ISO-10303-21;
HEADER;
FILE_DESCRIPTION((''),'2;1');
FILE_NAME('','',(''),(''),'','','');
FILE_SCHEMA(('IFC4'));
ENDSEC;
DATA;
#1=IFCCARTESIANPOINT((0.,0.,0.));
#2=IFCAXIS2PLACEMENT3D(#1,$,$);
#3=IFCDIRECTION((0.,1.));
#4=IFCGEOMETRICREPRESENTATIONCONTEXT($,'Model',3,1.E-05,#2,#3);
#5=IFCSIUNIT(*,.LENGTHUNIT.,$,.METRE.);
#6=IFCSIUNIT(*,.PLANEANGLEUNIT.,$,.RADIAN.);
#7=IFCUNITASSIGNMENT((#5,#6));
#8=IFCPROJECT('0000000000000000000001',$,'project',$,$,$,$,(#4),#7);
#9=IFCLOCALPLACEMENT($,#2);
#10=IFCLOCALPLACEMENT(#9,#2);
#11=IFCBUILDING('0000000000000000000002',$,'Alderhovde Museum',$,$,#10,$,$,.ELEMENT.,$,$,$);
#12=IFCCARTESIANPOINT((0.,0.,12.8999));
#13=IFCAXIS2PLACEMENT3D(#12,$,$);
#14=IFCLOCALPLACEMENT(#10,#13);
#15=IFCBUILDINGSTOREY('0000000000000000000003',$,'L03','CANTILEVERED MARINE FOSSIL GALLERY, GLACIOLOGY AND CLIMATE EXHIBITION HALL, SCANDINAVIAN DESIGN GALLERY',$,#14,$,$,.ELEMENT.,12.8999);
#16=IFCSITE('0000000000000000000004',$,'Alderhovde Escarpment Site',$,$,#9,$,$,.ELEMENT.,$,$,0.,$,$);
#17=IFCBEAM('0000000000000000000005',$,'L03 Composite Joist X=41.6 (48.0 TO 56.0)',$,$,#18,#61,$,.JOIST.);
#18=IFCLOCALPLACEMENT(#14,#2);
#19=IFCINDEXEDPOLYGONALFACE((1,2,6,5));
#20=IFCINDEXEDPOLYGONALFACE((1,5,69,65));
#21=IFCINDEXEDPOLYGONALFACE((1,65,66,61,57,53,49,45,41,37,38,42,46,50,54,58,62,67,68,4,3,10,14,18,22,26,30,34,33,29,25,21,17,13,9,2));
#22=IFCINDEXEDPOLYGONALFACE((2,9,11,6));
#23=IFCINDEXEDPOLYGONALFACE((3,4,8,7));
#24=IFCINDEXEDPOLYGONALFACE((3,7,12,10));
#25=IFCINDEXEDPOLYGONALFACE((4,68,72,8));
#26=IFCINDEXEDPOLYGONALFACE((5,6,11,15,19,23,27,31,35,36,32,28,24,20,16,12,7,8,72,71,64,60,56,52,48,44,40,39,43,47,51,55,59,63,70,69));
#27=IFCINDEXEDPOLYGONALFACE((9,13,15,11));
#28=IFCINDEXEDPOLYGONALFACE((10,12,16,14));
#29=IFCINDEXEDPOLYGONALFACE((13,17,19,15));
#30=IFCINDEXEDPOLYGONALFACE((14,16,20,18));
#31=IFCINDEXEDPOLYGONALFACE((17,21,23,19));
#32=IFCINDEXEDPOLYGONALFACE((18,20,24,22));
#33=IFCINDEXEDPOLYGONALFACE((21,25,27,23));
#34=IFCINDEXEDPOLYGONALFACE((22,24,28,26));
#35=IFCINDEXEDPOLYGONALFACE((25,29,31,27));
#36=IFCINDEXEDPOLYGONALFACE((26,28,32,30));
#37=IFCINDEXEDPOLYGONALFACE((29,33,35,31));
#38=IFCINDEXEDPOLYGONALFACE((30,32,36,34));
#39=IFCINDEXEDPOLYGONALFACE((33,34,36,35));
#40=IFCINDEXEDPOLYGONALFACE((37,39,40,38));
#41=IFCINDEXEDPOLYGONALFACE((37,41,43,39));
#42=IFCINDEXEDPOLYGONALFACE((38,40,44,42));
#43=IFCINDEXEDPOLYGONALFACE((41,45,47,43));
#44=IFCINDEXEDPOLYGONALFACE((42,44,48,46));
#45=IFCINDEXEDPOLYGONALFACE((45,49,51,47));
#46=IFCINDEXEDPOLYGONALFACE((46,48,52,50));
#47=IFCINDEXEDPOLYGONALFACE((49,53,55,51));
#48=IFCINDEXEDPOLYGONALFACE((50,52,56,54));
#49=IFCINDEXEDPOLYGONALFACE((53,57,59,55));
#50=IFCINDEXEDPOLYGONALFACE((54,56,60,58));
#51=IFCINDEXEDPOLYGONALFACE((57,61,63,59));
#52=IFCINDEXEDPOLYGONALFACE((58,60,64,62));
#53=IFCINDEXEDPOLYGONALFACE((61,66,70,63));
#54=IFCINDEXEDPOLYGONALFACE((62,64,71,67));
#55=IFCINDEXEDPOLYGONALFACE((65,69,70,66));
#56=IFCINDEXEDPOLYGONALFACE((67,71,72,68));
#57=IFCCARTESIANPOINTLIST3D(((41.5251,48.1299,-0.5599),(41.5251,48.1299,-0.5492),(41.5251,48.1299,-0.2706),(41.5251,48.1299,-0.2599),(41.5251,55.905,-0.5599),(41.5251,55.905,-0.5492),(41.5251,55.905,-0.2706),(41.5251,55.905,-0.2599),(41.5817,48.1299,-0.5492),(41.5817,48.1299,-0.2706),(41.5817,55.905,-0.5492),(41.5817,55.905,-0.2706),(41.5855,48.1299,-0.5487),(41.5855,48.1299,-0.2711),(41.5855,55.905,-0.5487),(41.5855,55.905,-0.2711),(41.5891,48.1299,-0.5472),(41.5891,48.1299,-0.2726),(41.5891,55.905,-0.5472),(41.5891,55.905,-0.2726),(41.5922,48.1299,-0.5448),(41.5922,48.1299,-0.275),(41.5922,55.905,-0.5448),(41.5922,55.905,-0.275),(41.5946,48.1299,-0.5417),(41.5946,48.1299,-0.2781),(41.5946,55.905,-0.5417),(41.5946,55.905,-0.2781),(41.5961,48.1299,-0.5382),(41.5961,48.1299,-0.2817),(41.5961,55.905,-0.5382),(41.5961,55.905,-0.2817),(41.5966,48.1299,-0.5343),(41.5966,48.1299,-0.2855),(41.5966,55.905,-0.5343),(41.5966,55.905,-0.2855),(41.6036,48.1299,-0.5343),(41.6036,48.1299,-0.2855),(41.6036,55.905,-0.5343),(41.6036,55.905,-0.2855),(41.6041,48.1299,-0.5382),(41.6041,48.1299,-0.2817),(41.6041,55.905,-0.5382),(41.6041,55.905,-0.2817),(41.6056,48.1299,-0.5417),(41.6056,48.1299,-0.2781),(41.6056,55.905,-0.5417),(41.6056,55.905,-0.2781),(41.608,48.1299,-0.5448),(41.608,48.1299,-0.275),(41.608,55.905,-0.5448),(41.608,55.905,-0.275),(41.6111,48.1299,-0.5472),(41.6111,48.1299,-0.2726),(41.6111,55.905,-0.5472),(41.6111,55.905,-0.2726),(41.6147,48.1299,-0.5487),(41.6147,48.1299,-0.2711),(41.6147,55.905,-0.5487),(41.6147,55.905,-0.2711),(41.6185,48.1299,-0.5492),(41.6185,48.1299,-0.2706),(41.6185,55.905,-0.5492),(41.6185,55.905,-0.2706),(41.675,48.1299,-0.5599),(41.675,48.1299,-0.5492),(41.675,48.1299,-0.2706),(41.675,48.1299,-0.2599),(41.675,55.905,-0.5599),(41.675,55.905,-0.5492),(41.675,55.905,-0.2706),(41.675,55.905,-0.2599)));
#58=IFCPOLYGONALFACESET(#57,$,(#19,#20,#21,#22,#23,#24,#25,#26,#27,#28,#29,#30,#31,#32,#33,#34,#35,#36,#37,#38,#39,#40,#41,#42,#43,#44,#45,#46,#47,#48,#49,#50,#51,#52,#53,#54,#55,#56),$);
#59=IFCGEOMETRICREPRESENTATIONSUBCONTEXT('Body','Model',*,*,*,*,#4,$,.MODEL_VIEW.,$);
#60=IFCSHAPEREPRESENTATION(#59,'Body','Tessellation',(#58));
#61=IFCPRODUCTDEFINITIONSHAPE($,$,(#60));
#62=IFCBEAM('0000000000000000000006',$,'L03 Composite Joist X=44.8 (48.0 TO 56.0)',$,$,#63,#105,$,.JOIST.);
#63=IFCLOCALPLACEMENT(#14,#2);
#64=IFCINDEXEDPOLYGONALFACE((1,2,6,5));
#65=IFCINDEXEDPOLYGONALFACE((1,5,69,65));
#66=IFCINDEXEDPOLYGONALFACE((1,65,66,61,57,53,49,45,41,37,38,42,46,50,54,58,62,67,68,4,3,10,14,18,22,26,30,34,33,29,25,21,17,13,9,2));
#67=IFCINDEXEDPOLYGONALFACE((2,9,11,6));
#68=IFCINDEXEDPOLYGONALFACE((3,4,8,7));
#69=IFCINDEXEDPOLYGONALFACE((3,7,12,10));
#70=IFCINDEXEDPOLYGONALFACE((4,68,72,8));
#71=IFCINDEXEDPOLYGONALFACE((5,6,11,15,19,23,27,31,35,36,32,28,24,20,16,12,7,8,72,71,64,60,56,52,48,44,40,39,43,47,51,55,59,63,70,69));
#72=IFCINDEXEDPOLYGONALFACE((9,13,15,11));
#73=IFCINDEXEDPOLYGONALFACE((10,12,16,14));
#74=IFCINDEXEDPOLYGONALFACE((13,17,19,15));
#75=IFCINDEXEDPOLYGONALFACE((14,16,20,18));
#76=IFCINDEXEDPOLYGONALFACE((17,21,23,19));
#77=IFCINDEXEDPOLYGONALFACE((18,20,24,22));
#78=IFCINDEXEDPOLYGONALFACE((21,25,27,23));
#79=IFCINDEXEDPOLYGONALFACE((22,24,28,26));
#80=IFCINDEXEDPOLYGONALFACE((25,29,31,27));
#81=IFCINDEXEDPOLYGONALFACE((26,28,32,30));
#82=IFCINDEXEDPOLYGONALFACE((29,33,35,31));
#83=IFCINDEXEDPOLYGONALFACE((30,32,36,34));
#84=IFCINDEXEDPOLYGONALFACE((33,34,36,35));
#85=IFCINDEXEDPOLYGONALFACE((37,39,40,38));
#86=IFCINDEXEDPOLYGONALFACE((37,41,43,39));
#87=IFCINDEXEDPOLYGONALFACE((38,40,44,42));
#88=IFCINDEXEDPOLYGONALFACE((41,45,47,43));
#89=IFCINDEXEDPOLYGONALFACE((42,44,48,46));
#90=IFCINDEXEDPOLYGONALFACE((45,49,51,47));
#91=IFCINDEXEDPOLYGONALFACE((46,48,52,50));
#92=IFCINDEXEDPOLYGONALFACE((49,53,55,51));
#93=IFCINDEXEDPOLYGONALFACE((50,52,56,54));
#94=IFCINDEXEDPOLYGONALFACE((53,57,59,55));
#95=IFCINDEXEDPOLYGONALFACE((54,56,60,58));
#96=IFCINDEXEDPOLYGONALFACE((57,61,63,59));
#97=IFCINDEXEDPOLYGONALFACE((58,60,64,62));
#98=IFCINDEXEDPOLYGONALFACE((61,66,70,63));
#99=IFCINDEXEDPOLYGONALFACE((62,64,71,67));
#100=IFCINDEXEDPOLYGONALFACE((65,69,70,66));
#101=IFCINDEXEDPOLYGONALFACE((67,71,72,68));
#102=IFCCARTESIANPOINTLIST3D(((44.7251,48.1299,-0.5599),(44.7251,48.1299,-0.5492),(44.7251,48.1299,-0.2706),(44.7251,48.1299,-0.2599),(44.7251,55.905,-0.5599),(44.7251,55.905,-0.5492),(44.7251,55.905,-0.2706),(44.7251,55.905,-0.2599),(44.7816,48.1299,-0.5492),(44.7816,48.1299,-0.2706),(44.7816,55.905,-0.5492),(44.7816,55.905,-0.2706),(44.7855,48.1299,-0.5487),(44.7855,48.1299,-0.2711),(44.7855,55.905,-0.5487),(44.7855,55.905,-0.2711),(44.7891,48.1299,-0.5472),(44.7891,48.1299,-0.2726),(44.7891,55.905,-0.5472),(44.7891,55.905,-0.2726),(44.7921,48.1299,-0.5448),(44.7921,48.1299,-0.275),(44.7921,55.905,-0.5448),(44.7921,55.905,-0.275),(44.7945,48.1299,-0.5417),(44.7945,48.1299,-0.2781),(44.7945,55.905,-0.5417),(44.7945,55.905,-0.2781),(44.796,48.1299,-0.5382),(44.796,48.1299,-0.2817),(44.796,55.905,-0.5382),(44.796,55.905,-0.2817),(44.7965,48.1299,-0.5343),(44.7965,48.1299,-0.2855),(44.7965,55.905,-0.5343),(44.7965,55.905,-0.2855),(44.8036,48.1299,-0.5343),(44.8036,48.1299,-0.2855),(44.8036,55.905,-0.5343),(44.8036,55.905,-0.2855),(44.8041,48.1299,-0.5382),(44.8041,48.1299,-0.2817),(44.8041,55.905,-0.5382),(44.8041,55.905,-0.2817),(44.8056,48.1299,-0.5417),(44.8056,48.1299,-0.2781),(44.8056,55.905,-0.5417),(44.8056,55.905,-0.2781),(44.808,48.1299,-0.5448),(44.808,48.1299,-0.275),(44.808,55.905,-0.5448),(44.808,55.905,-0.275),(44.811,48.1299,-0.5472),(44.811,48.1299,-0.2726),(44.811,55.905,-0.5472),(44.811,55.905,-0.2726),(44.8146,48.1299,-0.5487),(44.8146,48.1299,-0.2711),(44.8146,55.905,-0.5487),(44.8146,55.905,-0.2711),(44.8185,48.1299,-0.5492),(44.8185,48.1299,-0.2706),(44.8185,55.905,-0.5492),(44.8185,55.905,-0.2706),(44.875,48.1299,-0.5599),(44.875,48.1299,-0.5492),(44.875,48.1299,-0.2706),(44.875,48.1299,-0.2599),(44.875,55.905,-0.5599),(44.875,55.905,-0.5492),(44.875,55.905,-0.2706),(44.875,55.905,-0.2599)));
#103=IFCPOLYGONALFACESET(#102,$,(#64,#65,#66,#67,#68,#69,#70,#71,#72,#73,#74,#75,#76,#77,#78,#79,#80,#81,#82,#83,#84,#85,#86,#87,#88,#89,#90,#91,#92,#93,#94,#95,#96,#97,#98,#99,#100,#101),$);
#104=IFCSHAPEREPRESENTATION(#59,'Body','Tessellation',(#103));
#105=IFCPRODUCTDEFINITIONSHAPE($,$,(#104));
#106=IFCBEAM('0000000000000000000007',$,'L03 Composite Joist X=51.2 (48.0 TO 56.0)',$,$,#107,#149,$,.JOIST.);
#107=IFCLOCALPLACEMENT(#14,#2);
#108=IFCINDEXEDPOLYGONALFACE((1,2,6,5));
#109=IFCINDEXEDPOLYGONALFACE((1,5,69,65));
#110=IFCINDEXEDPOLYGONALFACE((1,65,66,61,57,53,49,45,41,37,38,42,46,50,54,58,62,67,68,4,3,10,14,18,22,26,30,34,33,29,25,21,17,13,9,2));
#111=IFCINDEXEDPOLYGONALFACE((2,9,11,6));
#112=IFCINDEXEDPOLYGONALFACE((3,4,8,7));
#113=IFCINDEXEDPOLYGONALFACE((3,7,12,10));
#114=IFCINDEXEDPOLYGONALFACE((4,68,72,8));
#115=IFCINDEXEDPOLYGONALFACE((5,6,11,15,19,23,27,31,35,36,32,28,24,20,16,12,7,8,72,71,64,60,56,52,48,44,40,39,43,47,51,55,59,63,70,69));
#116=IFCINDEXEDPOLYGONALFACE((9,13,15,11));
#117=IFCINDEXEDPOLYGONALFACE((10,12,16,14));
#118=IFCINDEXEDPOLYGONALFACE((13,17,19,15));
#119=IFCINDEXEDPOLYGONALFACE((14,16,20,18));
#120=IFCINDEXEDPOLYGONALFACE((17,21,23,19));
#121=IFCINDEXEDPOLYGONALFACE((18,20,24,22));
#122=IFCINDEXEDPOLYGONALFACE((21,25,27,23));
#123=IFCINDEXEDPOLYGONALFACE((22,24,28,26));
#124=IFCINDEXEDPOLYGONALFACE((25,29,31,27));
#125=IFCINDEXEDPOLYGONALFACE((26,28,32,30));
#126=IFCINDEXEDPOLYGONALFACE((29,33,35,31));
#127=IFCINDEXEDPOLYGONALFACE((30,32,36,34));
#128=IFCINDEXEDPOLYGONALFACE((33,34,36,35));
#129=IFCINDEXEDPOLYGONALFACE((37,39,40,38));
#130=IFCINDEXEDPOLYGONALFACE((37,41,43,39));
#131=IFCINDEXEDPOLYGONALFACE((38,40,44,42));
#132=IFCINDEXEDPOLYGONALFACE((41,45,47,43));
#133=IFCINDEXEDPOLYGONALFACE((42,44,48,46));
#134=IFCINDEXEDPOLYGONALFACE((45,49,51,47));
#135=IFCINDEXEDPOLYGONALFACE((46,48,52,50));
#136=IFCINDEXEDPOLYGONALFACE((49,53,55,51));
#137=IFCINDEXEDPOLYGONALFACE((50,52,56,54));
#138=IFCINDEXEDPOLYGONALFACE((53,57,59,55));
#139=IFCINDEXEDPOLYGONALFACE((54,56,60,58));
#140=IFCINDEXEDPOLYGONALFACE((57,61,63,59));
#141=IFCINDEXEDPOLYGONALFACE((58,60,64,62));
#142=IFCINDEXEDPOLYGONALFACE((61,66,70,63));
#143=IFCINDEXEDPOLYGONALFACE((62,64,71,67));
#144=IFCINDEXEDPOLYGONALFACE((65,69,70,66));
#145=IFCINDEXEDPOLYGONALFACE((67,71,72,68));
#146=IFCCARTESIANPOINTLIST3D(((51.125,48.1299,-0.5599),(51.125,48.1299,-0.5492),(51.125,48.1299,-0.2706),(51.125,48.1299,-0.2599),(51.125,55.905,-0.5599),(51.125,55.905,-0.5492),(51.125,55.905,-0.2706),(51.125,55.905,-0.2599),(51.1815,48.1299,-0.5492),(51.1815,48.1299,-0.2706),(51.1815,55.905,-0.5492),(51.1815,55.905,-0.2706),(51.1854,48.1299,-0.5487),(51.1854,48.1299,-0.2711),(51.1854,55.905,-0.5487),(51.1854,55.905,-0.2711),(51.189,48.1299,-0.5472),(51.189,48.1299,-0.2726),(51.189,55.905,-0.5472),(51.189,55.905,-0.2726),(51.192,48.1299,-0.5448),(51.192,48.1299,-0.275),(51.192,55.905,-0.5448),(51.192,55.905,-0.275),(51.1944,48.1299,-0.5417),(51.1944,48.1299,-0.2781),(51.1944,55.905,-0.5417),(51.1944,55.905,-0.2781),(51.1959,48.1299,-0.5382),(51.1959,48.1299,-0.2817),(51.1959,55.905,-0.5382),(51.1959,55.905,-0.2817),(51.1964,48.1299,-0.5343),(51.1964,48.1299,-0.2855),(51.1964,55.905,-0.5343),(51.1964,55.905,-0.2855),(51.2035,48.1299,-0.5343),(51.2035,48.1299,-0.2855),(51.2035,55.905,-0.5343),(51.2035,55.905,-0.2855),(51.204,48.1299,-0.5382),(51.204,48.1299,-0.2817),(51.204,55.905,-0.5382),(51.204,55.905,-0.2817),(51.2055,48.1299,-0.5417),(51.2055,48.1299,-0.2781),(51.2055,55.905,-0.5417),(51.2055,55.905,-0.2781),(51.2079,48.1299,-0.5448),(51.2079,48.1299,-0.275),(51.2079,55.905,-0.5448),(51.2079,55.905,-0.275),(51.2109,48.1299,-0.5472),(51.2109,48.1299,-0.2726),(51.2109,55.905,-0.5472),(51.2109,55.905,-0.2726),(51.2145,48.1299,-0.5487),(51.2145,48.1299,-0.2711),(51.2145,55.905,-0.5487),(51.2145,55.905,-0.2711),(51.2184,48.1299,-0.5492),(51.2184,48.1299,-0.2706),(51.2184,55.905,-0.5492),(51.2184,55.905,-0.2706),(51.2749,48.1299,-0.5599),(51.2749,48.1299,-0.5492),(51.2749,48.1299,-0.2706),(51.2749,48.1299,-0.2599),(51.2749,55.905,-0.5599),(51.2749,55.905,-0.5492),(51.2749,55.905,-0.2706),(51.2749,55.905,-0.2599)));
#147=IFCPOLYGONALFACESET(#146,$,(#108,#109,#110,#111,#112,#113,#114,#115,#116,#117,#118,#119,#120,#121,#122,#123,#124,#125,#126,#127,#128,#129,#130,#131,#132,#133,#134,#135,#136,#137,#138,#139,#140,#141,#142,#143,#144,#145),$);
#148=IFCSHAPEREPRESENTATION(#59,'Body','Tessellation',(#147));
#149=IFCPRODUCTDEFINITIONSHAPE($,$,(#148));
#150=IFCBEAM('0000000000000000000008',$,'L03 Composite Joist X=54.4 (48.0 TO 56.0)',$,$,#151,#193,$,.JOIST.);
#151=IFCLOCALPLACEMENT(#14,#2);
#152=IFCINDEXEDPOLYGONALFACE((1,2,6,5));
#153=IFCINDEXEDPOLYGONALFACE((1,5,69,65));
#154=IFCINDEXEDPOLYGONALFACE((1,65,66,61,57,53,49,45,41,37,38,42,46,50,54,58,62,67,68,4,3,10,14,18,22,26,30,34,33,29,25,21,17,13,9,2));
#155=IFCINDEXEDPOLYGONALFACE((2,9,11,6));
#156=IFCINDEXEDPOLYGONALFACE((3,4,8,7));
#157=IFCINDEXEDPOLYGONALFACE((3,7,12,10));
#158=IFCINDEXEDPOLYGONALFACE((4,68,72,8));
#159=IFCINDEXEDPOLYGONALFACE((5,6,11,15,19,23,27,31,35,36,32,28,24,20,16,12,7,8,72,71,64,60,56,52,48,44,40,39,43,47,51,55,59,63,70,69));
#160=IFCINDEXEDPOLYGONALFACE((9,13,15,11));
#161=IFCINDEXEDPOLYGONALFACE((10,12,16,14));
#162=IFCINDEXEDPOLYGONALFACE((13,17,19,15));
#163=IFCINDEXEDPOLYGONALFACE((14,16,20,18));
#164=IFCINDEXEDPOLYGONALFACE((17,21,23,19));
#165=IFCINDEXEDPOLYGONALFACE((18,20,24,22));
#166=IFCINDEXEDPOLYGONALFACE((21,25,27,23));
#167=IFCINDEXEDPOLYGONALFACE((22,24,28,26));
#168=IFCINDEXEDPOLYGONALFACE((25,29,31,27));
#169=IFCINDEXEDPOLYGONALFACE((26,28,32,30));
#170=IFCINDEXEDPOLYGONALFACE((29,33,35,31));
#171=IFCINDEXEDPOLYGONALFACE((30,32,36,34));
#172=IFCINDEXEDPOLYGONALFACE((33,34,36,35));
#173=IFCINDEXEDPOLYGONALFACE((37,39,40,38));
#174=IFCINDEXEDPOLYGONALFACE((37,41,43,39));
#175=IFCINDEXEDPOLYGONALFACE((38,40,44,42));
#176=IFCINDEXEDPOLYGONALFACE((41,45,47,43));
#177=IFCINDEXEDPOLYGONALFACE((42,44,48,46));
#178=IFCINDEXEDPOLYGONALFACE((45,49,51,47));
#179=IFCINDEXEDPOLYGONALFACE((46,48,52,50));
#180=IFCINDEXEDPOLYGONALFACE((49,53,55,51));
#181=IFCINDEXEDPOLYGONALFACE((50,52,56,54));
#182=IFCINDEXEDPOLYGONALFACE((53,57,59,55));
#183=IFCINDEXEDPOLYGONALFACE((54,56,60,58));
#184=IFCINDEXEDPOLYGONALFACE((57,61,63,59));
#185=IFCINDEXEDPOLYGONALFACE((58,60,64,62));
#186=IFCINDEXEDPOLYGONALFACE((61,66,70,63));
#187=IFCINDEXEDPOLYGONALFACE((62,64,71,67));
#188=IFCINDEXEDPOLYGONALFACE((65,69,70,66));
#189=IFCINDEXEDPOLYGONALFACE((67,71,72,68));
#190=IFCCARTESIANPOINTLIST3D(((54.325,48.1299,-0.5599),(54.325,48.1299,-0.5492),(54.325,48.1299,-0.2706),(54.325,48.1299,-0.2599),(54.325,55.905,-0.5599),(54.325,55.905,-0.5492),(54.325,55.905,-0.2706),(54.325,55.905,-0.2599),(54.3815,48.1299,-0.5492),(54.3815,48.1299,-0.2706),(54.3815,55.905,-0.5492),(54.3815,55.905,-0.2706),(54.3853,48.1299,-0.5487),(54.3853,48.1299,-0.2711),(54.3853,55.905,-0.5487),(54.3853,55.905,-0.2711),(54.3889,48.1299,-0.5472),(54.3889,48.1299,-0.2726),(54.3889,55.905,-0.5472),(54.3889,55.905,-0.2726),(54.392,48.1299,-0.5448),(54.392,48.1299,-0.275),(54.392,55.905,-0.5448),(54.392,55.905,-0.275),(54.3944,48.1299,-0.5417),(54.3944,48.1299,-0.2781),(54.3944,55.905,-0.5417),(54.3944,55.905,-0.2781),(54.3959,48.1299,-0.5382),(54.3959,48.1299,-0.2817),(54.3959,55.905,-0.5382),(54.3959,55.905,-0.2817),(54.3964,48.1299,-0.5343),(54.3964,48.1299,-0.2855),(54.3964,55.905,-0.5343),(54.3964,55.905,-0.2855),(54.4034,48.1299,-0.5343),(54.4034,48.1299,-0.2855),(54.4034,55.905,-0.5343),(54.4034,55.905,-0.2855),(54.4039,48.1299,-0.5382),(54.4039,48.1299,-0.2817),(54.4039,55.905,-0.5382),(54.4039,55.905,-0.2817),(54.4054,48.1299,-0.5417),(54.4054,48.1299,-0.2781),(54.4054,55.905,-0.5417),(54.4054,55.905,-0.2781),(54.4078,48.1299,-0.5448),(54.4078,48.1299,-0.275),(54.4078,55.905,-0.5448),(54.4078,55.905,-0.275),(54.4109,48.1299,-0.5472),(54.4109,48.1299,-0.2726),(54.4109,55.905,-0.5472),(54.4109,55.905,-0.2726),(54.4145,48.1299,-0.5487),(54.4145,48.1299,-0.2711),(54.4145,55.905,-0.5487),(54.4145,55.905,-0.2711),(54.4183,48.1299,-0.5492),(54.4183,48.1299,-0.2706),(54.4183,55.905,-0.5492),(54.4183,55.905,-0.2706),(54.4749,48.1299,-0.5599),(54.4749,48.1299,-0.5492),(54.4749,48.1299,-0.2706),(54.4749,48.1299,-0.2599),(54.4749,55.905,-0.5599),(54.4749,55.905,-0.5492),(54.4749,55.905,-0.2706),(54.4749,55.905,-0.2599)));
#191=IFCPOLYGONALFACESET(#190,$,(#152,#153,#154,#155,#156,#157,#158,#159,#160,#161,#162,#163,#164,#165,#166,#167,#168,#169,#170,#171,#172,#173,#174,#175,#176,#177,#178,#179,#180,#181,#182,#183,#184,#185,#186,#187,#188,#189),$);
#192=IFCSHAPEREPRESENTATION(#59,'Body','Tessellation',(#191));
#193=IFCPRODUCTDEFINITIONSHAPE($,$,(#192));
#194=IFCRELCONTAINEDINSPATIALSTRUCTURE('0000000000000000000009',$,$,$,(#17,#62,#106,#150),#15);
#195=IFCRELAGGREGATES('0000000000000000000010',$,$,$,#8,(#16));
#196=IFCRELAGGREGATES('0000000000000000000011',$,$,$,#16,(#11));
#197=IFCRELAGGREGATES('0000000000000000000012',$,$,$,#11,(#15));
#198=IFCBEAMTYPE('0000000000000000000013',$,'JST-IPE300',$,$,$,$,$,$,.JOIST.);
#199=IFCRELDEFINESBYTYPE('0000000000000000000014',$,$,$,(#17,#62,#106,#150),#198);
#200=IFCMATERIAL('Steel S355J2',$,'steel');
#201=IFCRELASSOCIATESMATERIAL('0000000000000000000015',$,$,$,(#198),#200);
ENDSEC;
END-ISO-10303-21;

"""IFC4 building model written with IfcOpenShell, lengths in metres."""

from ifc_helpers import new_model, si_unit, direction, frame, origin, origin_2d, place, context, subcontext, project, spatial, i_section, extrude, material, material_profile, profile_set, type_object, element, save


model = new_model("IFC4")

# Units and contexts
model_context = context("Model", 3, precision=1e-05, world=origin(), true_north=direction((0.0, 1.0)))
body_context = subcontext(model_context, "Body", "Model", "MODEL_VIEW")
ifc_project = project(units=[si_unit("LENGTHUNIT", "METRE"), si_unit("PLANEANGLEUNIT", "RADIAN")], contexts=[model_context])

# Site, building, storey
site_placement = place(None, origin())
site = spatial("IfcSite", under=ifc_project, at=site_placement, Name="Alderhovde Escarpment Site", CompositionType="ELEMENT", RefElevation=0.0)
building_placement = place(site_placement, origin())
building = spatial("IfcBuilding", under=site, at=building_placement, Name="Alderhovde Museum", CompositionType="ELEMENT")
storey_placement = place(building_placement, frame((0.0, 0.0, 12.8999)))
storey = spatial("IfcBuildingStorey", under=building, at=storey_placement, Name="L03", Description="CANTILEVERED MARINE FOSSIL GALLERY, GLACIOLOGY AND CLIMATE EXHIBITION HALL, SCANDINAVIAN DESIGN GALLERY", CompositionType="ELEMENT", Elevation=12.8999)

# Beams
ifc_material_1 = material(Name="Steel S355J2", Category="steel")
ifc_material_profile_1 = material_profile(ifc_material_1, i_section(OverallWidth=0.1499, OverallDepth=0.3, WebThickness=0.0071, FlangeThickness=0.0107, FilletRadius=0.0149, at=origin_2d()), Name="IPE 300")
ifc_profile_set_1 = profile_set([ifc_material_profile_1], Name="Steel S355J2")
beam_type_1 = type_object("IfcBeamType", Name="JST-IPE300", PredefinedType="JOIST", material=ifc_profile_set_1)
for number, where, z_axis, x_axis, name in (
    (1, (41.6001, 48.1299, -0.4099), (0.0, 1.0, 0.0), (-1.0, 0.0, 0.0), "L03 Composite Joist X=41.6 (48.0 TO 56.0)"),
    (2, (44.8, 48.1299, -0.4099), (0.0, 1.0, 0.0), (-1.0, 0.0, 0.0), "L03 Composite Joist X=44.8 (48.0 TO 56.0)"),
    (3, (51.2, 48.1299, -0.4099), (0.0, 1.0, 0.0), (-1.0, 0.0, 0.0), "L03 Composite Joist X=51.2 (48.0 TO 56.0)"),
    (4, (54.3999, 48.1299, -0.4099), (0.0, 1.0, 0.0), (-1.0, 0.0, 0.0), "L03 Composite Joist X=54.4 (48.0 TO 56.0)"),
):
    element("IfcBeam", number, at=place(storey_placement, frame(where, z_axis=z_axis, x_axis=x_axis)), inside=storey, type_object=beam_type_1, Name=name, PredefinedType="JOIST", context=body_context, shape_type="SweptSolid", body=[
        extrude(i_section(OverallWidth=0.1499, OverallDepth=0.3, WebThickness=0.0071, FlangeThickness=0.0107, FilletRadius=0.0149, at=origin_2d()), origin(), (0.0, 0.0, 1.0), 7.7751),
    ])

save(model, "model.ifc")
